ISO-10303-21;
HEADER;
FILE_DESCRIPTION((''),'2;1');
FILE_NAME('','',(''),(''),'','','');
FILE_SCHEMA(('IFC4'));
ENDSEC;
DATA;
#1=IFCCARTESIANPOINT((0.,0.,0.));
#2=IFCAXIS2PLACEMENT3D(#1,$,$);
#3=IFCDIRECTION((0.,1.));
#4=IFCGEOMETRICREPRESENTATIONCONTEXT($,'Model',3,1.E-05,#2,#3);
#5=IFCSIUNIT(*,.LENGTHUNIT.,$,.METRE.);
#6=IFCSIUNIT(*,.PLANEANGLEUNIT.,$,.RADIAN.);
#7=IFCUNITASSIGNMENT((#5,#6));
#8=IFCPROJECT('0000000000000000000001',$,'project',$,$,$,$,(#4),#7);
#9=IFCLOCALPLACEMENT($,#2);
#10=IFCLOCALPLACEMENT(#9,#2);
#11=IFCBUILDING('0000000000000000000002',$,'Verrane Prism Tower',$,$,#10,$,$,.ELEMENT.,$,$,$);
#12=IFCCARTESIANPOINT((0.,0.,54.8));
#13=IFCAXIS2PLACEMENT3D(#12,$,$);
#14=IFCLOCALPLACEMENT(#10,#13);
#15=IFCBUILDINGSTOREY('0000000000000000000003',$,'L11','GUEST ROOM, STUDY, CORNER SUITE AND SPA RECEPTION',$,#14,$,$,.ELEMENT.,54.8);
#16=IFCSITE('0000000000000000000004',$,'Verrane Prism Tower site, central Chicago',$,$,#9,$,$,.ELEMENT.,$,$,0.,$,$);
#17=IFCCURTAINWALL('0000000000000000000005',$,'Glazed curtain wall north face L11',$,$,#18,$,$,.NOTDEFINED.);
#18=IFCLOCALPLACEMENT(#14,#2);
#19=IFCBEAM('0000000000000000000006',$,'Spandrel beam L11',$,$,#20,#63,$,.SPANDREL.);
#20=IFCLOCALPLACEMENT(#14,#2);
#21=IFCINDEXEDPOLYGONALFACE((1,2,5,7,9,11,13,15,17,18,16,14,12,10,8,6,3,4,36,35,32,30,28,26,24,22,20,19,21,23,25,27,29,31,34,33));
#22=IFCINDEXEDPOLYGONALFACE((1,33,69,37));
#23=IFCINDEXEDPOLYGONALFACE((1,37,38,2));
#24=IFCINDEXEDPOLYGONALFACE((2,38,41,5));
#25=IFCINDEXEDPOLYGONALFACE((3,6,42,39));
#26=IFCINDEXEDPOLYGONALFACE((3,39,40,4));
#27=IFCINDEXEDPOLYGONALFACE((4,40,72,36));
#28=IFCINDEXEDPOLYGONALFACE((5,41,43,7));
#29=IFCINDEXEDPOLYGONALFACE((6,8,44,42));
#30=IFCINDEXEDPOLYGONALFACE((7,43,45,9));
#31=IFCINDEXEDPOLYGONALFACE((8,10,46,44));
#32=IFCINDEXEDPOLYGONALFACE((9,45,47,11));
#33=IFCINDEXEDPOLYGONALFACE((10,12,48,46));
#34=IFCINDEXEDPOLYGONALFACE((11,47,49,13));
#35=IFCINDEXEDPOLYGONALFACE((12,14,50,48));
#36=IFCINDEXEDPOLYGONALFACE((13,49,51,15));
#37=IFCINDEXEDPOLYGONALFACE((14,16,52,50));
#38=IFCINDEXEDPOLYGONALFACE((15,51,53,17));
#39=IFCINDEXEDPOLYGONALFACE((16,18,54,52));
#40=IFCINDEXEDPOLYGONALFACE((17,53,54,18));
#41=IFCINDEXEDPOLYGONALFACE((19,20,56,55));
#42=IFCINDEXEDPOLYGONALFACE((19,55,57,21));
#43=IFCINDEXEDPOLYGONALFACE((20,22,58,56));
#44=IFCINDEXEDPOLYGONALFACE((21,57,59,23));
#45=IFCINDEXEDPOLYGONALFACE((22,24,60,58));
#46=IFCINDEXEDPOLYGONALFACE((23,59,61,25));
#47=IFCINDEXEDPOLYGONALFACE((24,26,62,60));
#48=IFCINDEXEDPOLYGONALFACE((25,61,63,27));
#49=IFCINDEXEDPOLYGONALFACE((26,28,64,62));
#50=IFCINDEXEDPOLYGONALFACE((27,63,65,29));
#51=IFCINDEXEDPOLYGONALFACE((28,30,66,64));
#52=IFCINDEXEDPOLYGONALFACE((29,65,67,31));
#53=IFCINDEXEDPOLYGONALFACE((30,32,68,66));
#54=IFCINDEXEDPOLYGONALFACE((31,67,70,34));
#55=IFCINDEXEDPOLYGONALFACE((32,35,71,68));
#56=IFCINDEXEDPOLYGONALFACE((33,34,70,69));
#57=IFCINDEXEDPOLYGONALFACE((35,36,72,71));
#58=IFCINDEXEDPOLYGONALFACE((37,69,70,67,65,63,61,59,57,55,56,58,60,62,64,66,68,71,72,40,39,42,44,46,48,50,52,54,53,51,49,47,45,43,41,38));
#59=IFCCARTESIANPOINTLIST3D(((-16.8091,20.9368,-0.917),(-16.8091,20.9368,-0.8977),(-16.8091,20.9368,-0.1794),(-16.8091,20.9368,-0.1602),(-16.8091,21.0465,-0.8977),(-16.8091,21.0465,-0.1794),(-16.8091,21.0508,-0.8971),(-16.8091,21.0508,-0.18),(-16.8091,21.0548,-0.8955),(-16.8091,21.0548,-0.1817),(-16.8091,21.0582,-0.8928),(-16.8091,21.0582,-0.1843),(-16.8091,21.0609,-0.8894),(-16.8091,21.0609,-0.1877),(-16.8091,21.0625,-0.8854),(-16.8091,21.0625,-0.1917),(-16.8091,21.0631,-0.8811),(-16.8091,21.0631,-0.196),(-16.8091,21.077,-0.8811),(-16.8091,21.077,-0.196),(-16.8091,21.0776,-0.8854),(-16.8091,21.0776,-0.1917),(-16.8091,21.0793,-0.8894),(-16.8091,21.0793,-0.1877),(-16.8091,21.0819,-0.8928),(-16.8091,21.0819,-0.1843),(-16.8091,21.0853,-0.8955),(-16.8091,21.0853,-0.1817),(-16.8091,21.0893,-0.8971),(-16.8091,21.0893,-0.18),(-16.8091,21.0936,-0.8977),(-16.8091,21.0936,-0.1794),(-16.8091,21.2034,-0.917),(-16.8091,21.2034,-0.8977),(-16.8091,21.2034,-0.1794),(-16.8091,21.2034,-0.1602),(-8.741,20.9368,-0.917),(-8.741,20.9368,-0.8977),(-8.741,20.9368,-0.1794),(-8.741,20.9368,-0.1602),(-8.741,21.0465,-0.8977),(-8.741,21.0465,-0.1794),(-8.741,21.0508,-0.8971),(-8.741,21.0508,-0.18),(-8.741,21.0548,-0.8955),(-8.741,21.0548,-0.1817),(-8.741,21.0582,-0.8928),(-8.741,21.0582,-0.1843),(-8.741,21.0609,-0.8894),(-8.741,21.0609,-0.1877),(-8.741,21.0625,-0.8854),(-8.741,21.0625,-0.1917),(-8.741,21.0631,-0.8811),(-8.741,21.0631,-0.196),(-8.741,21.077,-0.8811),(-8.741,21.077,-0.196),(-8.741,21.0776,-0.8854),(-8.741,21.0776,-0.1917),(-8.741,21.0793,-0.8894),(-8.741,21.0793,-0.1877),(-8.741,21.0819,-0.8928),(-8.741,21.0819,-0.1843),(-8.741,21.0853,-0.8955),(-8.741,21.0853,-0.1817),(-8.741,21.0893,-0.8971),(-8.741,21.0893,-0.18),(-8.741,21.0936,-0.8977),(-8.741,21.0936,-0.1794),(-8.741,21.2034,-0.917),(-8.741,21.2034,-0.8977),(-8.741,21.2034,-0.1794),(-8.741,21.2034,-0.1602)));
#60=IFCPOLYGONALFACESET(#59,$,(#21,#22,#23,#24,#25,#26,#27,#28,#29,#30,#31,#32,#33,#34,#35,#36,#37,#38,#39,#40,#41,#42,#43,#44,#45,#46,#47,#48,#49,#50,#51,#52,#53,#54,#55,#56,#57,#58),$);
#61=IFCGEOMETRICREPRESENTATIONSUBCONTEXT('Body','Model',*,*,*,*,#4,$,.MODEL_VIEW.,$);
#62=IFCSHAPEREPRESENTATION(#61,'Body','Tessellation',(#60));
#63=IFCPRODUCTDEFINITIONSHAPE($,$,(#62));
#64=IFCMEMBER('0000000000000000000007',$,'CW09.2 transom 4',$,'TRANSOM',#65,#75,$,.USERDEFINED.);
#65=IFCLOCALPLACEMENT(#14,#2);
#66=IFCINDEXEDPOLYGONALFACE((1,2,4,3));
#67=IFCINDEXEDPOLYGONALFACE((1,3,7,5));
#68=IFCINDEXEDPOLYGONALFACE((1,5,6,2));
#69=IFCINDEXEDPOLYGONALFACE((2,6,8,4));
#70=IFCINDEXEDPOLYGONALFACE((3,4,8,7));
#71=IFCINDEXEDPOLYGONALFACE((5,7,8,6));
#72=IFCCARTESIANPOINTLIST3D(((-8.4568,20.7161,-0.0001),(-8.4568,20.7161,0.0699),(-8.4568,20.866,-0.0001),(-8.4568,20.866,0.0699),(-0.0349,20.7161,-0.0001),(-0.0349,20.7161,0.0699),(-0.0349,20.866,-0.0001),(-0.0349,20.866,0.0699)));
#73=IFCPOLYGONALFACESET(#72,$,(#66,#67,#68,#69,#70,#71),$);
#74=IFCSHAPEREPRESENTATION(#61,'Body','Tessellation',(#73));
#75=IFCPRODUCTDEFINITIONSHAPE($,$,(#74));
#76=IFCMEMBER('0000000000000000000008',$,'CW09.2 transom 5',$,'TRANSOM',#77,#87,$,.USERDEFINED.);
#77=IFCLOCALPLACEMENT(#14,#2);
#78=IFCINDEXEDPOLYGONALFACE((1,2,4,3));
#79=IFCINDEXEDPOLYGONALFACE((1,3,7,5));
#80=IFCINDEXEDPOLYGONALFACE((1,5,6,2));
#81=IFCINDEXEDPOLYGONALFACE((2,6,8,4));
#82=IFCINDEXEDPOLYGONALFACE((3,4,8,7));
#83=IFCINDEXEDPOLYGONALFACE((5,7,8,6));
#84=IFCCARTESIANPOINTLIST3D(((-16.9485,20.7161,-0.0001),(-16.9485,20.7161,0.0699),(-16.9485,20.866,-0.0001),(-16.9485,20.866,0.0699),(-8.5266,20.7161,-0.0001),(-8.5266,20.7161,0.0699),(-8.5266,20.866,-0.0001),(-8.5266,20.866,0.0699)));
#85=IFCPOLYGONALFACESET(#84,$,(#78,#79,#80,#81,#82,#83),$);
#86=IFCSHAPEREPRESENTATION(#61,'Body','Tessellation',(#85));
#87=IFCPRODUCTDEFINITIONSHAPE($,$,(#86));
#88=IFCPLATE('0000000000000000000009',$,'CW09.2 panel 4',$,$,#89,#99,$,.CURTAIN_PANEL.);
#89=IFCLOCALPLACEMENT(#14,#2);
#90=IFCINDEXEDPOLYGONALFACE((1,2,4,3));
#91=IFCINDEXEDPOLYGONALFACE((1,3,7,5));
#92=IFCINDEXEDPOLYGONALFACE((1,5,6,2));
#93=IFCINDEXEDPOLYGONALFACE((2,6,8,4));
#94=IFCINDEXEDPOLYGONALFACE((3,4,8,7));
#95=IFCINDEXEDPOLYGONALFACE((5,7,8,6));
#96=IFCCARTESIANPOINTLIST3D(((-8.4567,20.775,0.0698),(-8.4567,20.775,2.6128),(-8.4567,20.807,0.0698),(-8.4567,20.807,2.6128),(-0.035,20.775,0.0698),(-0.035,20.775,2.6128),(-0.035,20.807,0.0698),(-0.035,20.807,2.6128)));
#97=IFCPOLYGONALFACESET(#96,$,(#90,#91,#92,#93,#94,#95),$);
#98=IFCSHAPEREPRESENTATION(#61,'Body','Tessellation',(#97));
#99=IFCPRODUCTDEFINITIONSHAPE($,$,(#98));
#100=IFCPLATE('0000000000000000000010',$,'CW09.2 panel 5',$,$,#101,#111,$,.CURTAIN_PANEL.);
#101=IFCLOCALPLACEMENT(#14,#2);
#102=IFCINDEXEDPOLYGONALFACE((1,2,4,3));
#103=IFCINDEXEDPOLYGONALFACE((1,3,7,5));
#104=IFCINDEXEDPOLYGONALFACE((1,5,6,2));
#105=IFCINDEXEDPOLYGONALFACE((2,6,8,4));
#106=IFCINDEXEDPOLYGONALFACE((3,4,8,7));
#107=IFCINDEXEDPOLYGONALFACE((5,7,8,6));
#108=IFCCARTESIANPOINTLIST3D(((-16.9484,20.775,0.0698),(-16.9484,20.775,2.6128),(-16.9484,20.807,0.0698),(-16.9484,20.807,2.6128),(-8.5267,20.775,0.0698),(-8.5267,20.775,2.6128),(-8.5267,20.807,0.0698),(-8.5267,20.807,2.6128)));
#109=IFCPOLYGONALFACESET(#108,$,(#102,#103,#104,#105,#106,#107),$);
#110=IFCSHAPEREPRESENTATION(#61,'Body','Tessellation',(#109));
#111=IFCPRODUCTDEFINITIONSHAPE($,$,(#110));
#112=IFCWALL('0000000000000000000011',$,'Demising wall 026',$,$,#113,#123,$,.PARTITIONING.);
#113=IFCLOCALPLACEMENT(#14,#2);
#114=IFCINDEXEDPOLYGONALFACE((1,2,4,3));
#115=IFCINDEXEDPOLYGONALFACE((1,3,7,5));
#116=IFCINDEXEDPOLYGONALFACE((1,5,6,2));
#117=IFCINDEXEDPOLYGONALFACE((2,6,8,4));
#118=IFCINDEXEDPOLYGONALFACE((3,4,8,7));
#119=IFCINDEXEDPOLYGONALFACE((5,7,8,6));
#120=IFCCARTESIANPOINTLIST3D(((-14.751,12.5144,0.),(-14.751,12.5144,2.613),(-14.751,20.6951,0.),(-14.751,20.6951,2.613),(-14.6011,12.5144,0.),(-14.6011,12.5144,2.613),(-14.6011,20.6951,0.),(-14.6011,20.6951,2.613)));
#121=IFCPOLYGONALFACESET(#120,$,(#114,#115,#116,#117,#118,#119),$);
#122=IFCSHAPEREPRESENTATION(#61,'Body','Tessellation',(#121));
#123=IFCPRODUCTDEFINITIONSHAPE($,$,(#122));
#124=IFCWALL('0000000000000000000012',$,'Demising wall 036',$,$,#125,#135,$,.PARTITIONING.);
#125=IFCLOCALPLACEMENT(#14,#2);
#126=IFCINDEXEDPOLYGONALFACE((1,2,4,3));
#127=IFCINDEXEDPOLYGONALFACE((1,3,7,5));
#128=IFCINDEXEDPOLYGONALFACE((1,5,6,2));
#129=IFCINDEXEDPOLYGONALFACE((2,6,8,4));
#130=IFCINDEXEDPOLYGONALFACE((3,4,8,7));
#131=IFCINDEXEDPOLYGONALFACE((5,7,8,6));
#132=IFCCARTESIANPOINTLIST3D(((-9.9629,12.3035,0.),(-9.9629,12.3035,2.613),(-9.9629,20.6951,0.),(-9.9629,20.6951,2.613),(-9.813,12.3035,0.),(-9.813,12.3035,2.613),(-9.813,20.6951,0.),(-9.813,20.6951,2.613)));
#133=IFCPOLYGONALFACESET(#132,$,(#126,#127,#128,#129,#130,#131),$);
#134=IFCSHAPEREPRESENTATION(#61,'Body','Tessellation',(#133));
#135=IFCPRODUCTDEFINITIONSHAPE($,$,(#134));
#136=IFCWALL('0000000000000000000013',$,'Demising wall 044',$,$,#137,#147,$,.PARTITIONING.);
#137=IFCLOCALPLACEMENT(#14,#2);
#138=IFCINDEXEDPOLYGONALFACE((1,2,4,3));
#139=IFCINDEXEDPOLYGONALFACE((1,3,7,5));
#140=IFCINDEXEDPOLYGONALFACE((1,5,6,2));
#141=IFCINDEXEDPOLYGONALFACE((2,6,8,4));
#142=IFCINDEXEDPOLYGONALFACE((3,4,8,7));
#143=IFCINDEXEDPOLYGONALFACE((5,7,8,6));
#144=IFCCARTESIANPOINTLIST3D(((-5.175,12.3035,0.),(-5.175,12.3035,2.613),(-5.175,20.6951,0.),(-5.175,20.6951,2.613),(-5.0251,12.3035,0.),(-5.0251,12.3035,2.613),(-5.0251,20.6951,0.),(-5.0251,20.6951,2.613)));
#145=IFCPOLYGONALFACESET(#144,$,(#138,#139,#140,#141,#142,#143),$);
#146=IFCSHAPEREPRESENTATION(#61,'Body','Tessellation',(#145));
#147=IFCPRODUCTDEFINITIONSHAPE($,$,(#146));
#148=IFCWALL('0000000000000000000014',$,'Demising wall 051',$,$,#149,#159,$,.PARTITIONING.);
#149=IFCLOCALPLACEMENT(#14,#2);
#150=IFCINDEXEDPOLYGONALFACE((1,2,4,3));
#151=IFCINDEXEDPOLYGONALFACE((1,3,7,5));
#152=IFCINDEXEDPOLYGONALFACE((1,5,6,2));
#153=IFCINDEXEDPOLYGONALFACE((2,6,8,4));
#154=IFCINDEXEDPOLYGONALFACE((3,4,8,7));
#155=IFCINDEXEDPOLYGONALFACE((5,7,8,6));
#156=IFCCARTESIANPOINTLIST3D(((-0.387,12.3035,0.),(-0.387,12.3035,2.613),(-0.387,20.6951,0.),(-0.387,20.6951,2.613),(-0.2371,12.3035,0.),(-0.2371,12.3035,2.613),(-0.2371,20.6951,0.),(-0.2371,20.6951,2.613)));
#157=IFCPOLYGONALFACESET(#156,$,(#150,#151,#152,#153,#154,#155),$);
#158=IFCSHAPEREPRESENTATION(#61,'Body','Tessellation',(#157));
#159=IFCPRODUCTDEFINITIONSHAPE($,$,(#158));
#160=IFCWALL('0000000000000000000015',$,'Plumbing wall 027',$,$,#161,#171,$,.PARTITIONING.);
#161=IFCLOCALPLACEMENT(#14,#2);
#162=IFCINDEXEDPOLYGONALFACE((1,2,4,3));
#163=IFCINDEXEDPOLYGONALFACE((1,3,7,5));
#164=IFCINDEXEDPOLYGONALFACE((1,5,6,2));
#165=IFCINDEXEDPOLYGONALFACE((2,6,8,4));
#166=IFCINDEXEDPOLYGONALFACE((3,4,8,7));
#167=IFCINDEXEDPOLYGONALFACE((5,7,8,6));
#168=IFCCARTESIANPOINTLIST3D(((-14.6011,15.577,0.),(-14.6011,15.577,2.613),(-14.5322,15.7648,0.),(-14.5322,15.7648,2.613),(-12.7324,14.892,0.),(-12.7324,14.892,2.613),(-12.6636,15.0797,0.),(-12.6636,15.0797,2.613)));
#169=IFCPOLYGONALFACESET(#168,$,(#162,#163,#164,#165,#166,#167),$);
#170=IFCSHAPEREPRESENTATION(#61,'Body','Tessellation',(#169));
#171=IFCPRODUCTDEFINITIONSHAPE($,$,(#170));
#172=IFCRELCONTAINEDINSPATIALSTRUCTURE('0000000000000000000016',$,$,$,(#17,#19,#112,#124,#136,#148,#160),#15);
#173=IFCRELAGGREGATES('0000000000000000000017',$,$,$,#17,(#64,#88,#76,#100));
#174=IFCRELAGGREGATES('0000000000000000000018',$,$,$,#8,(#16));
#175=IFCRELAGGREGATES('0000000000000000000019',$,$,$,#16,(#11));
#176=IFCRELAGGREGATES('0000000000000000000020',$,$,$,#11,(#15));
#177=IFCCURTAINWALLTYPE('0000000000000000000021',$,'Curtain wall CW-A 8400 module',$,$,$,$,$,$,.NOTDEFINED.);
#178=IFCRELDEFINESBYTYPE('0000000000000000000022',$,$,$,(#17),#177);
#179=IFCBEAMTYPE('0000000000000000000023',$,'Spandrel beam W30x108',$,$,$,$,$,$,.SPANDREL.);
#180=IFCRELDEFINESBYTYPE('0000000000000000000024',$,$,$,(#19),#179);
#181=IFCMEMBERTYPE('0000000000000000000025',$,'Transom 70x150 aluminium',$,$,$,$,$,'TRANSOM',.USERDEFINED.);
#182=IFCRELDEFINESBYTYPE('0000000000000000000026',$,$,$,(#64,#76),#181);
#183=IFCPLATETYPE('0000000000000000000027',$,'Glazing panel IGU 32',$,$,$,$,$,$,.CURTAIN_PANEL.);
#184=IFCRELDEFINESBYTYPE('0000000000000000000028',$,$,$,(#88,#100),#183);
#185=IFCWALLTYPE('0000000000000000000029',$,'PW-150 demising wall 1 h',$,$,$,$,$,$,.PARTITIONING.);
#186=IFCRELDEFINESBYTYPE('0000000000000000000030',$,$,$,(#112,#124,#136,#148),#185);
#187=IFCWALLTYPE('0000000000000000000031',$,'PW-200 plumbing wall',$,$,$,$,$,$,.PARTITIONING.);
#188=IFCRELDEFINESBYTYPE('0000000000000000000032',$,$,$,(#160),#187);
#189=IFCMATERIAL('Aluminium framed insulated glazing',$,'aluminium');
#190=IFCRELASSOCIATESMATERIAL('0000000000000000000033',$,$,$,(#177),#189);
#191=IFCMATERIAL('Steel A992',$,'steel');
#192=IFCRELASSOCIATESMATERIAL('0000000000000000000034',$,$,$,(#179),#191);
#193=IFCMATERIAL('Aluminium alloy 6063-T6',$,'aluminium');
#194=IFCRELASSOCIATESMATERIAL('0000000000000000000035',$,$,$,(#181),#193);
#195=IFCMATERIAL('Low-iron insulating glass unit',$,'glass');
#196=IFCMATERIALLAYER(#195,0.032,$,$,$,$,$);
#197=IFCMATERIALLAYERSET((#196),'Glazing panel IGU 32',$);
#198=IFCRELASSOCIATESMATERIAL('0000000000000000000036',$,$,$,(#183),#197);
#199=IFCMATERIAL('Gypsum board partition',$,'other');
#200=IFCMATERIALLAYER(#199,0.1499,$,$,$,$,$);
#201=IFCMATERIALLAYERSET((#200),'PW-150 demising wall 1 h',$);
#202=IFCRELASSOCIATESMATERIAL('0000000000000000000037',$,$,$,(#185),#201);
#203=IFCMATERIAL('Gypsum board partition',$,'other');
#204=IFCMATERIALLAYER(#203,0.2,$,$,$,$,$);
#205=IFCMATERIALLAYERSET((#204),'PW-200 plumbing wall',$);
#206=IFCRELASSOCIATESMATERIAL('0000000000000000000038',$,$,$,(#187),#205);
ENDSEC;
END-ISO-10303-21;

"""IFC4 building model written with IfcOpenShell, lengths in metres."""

from ifc_helpers import new_model, si_unit, direction, frame, frame_2d, origin, origin_2d, place, context, subcontext, project, spatial, rectangle, i_section, extrude, material, layer, layer_set, material_profile, profile_set, type_object, element, aggregate, save


model = new_model("IFC4")

# Units and contexts
model_context = context("Model", 3, precision=1e-05, world=origin(), true_north=direction((0.0, 1.0)))
body_context = subcontext(model_context, "Body", "Model", "MODEL_VIEW")
ifc_project = project(units=[si_unit("LENGTHUNIT", "METRE"), si_unit("PLANEANGLEUNIT", "RADIAN")], contexts=[model_context])

# Site, building, storey
site_placement = place(None, origin())
site = spatial("IfcSite", under=ifc_project, at=site_placement, Name="Verrane Prism Tower site, central Chicago", CompositionType="ELEMENT", RefElevation=0.0)
building_placement = place(site_placement, origin())
building = spatial("IfcBuilding", under=site, at=building_placement, Name="Verrane Prism Tower", CompositionType="ELEMENT")
storey_placement = place(building_placement, frame((0.0, 0.0, 54.8)))
storey = spatial("IfcBuildingStorey", under=building, at=storey_placement, Name="L11", Description="GUEST ROOM, STUDY, CORNER SUITE AND SPA RECEPTION", CompositionType="ELEMENT", Elevation=54.8)

# Curtain wall
ifc_material_1 = material(Name="Aluminium framed insulated glazing", Category="aluminium")
curtain_wall_type = type_object("IfcCurtainWallType", Name="Curtain wall CW-A 8400 module", PredefinedType="NOTDEFINED", material=ifc_material_1)
curtain_wall_placement = place(storey_placement, origin())
curtain_wall = element("IfcCurtainWall", 1, at=curtain_wall_placement, inside=storey, type_object=curtain_wall_type, Name="Glazed curtain wall north face L11", PredefinedType="NOTDEFINED")

# Beam
ifc_material_2 = material(Name="Steel A992", Category="steel")
ifc_material_profile_1 = material_profile(ifc_material_2, i_section(OverallWidth=0.2666, OverallDepth=0.7568, WebThickness=0.0139, FlangeThickness=0.0193, FilletRadius=0.0166, at=origin_2d()), Name="W30x108")
ifc_profile_set_1 = profile_set([ifc_material_profile_1], Name="Steel A992")
beam_type_1 = type_object("IfcBeamType", Name="Spandrel beam W30x108", PredefinedType="SPANDREL", material=ifc_profile_set_1)
beam_1_placement = place(storey_placement, frame((-8.741, 21.0701, -0.5386), z_axis=(-1.0, 0.0, 0.0), x_axis=(0.0, -1.0, 0.0)))
element("IfcBeam", 2, at=beam_1_placement, inside=storey, type_object=beam_type_1, Name="Spandrel beam L11", PredefinedType="SPANDREL", context=body_context, shape_type="SweptSolid", body=[
    extrude(i_section(OverallWidth=0.2666, OverallDepth=0.7568, WebThickness=0.0139, FlangeThickness=0.0193, FilletRadius=0.0166, at=origin_2d()), origin(), (0.0, 0.0, 1.0), 8.0681),
])

# Members
ifc_material_3 = material(Name="Aluminium alloy 6063-T6", Category="aluminium")
ifc_material_profile_2 = material_profile(ifc_material_3, rectangle(XDim=0.1499, YDim=0.0701, at=origin_2d()), Name="Transom 70x150 aluminium")
ifc_profile_set_2 = profile_set([ifc_material_profile_2], Name="Aluminium alloy 6063-T6")
member_type_1 = type_object("IfcMemberType", Name="Transom 70x150 aluminium", ElementType="TRANSOM", PredefinedType="USERDEFINED", material=ifc_profile_set_2)
member_1_placement = place(storey_placement, frame((-0.0349, 20.791, 0.0349), z_axis=(-1.0, 0.0, 0.0), x_axis=(0.0, -1.0, 0.0)))
member_1 = element("IfcMember", 3, at=member_1_placement, type_object=member_type_1, Name="CW09.2 transom 4", ObjectType="TRANSOM", PredefinedType="USERDEFINED", context=body_context, shape_type="SweptSolid", body=[
    extrude(rectangle(XDim=0.1499, YDim=0.0701, at=origin_2d()), origin(), (0.0, 0.0, 1.0), 8.4219),
])
member_2_placement = place(storey_placement, frame((-8.5266, 20.791, 0.0349), z_axis=(-1.0, 0.0, 0.0), x_axis=(0.0, -1.0, 0.0)))
member_2 = element("IfcMember", 4, at=member_2_placement, type_object=member_type_1, Name="CW09.2 transom 5", ObjectType="TRANSOM", PredefinedType="USERDEFINED", context=body_context, shape_type="SweptSolid", body=[
    extrude(rectangle(XDim=0.1499, YDim=0.0701, at=origin_2d()), origin(), (0.0, 0.0, 1.0), 8.4219),
])

# Plates
ifc_material_4 = material(Name="Low-iron insulating glass unit", Category="glass")
ifc_layer_1 = layer(ifc_material_4, 0.032)
ifc_layer_set_1 = layer_set([ifc_layer_1], Name="Glazing panel IGU 32")
plate_type = type_object("IfcPlateType", Name="Glazing panel IGU 32", PredefinedType="CURTAIN_PANEL", material=ifc_layer_set_1)
plate_1_placement = place(storey_placement, frame((-4.2458, 20.791, 0.0698), z_axis=(0.0, 0.0, 1.0), x_axis=(-1.0, 0.0, 0.0)))
plate_1 = element("IfcPlate", 5, at=plate_1_placement, type_object=plate_type, Name="CW09.2 panel 4", PredefinedType="CURTAIN_PANEL", context=body_context, shape_type="SweptSolid", body=[
    extrude(rectangle(XDim=8.4216, YDim=0.032, at=origin_2d()), origin(), (0.0, 0.0, 1.0), 2.543),
])
plate_2_placement = place(storey_placement, frame((-12.7375, 20.791, 0.0698), z_axis=(0.0, 0.0, 1.0), x_axis=(-1.0, 0.0, 0.0)))
plate_2 = element("IfcPlate", 6, at=plate_2_placement, type_object=plate_type, Name="CW09.2 panel 5", PredefinedType="CURTAIN_PANEL", context=body_context, shape_type="SweptSolid", body=[
    extrude(rectangle(XDim=8.4216, YDim=0.032, at=origin_2d()), origin(), (0.0, 0.0, 1.0), 2.543),
])
aggregate(curtain_wall, [member_1, plate_1, member_2, plate_2])

# Walls
ifc_material_5 = material(Name="Gypsum board partition", Category="other")
ifc_layer_2 = layer(ifc_material_5, 0.1499)
ifc_layer_set_2 = layer_set([ifc_layer_2], Name="PW-150 demising wall 1 h")
wall_type_1 = type_object("IfcWallType", Name="PW-150 demising wall 1 h", PredefinedType="PARTITIONING", material=ifc_layer_set_2)
wall_1_placement = place(storey_placement, frame((-14.676, 12.5144, 0.0), z_axis=(0.0, 0.0, 1.0), x_axis=(0.0, 1.0, 0.0)))
element("IfcWall", 7, at=wall_1_placement, inside=storey, type_object=wall_type_1, Name="Demising wall 026", PredefinedType="PARTITIONING", context=body_context, shape_type="SweptSolid", body=[
    extrude(rectangle(XDim=8.1807, YDim=0.1499, at=frame_2d((4.0903, 0.0))), origin(), (0.0, 0.0, 1.0), 2.613),
])
for number, where, z_axis, x_axis, name in (
    (8, (-9.8879, 12.3035, 0.0), (0.0, 0.0, 1.0), (0.0, 1.0, 0.0), "Demising wall 036"),
    (9, (-5.1001, 12.3035, 0.0), (0.0, 0.0, 1.0), (0.0, 1.0, 0.0), "Demising wall 044"),
    (10, (-0.312, 12.3035, 0.0), (0.0, 0.0, 1.0), (0.0, 1.0, 0.0), "Demising wall 051"),
):
    element("IfcWall", number, at=place(storey_placement, frame(where, z_axis=z_axis, x_axis=x_axis)), inside=storey, type_object=wall_type_1, Name=name, PredefinedType="PARTITIONING", context=body_context, shape_type="SweptSolid", body=[
        extrude(rectangle(XDim=8.3916, YDim=0.1499, at=frame_2d((4.1958, 0.0))), origin(), (0.0, 0.0, 1.0), 2.613),
    ])
ifc_material_6 = material(Name="Gypsum board partition", Category="other")
ifc_layer_3 = layer(ifc_material_6, 0.2)
ifc_layer_set_3 = layer_set([ifc_layer_3], Name="PW-200 plumbing wall")
wall_type_2 = type_object("IfcWallType", Name="PW-200 plumbing wall", PredefinedType="PARTITIONING", material=ifc_layer_set_3)
wall_2_placement = place(storey_placement, frame((-14.5667, 15.6709, 0.0), z_axis=(0.0, 0.0, 1.0), x_axis=(0.938895, -0.344204, 0.0)))
element("IfcWall", 11, at=wall_2_placement, inside=storey, type_object=wall_type_2, Name="Plumbing wall 027", PredefinedType="PARTITIONING", context=body_context, shape_type="SweptSolid", body=[
    extrude(rectangle(XDim=1.9902, YDim=0.2, at=frame_2d((0.9951, 0.0))), origin(), (0.0, 0.0, 1.0), 2.613),
])

save(model, "model.ifc")
